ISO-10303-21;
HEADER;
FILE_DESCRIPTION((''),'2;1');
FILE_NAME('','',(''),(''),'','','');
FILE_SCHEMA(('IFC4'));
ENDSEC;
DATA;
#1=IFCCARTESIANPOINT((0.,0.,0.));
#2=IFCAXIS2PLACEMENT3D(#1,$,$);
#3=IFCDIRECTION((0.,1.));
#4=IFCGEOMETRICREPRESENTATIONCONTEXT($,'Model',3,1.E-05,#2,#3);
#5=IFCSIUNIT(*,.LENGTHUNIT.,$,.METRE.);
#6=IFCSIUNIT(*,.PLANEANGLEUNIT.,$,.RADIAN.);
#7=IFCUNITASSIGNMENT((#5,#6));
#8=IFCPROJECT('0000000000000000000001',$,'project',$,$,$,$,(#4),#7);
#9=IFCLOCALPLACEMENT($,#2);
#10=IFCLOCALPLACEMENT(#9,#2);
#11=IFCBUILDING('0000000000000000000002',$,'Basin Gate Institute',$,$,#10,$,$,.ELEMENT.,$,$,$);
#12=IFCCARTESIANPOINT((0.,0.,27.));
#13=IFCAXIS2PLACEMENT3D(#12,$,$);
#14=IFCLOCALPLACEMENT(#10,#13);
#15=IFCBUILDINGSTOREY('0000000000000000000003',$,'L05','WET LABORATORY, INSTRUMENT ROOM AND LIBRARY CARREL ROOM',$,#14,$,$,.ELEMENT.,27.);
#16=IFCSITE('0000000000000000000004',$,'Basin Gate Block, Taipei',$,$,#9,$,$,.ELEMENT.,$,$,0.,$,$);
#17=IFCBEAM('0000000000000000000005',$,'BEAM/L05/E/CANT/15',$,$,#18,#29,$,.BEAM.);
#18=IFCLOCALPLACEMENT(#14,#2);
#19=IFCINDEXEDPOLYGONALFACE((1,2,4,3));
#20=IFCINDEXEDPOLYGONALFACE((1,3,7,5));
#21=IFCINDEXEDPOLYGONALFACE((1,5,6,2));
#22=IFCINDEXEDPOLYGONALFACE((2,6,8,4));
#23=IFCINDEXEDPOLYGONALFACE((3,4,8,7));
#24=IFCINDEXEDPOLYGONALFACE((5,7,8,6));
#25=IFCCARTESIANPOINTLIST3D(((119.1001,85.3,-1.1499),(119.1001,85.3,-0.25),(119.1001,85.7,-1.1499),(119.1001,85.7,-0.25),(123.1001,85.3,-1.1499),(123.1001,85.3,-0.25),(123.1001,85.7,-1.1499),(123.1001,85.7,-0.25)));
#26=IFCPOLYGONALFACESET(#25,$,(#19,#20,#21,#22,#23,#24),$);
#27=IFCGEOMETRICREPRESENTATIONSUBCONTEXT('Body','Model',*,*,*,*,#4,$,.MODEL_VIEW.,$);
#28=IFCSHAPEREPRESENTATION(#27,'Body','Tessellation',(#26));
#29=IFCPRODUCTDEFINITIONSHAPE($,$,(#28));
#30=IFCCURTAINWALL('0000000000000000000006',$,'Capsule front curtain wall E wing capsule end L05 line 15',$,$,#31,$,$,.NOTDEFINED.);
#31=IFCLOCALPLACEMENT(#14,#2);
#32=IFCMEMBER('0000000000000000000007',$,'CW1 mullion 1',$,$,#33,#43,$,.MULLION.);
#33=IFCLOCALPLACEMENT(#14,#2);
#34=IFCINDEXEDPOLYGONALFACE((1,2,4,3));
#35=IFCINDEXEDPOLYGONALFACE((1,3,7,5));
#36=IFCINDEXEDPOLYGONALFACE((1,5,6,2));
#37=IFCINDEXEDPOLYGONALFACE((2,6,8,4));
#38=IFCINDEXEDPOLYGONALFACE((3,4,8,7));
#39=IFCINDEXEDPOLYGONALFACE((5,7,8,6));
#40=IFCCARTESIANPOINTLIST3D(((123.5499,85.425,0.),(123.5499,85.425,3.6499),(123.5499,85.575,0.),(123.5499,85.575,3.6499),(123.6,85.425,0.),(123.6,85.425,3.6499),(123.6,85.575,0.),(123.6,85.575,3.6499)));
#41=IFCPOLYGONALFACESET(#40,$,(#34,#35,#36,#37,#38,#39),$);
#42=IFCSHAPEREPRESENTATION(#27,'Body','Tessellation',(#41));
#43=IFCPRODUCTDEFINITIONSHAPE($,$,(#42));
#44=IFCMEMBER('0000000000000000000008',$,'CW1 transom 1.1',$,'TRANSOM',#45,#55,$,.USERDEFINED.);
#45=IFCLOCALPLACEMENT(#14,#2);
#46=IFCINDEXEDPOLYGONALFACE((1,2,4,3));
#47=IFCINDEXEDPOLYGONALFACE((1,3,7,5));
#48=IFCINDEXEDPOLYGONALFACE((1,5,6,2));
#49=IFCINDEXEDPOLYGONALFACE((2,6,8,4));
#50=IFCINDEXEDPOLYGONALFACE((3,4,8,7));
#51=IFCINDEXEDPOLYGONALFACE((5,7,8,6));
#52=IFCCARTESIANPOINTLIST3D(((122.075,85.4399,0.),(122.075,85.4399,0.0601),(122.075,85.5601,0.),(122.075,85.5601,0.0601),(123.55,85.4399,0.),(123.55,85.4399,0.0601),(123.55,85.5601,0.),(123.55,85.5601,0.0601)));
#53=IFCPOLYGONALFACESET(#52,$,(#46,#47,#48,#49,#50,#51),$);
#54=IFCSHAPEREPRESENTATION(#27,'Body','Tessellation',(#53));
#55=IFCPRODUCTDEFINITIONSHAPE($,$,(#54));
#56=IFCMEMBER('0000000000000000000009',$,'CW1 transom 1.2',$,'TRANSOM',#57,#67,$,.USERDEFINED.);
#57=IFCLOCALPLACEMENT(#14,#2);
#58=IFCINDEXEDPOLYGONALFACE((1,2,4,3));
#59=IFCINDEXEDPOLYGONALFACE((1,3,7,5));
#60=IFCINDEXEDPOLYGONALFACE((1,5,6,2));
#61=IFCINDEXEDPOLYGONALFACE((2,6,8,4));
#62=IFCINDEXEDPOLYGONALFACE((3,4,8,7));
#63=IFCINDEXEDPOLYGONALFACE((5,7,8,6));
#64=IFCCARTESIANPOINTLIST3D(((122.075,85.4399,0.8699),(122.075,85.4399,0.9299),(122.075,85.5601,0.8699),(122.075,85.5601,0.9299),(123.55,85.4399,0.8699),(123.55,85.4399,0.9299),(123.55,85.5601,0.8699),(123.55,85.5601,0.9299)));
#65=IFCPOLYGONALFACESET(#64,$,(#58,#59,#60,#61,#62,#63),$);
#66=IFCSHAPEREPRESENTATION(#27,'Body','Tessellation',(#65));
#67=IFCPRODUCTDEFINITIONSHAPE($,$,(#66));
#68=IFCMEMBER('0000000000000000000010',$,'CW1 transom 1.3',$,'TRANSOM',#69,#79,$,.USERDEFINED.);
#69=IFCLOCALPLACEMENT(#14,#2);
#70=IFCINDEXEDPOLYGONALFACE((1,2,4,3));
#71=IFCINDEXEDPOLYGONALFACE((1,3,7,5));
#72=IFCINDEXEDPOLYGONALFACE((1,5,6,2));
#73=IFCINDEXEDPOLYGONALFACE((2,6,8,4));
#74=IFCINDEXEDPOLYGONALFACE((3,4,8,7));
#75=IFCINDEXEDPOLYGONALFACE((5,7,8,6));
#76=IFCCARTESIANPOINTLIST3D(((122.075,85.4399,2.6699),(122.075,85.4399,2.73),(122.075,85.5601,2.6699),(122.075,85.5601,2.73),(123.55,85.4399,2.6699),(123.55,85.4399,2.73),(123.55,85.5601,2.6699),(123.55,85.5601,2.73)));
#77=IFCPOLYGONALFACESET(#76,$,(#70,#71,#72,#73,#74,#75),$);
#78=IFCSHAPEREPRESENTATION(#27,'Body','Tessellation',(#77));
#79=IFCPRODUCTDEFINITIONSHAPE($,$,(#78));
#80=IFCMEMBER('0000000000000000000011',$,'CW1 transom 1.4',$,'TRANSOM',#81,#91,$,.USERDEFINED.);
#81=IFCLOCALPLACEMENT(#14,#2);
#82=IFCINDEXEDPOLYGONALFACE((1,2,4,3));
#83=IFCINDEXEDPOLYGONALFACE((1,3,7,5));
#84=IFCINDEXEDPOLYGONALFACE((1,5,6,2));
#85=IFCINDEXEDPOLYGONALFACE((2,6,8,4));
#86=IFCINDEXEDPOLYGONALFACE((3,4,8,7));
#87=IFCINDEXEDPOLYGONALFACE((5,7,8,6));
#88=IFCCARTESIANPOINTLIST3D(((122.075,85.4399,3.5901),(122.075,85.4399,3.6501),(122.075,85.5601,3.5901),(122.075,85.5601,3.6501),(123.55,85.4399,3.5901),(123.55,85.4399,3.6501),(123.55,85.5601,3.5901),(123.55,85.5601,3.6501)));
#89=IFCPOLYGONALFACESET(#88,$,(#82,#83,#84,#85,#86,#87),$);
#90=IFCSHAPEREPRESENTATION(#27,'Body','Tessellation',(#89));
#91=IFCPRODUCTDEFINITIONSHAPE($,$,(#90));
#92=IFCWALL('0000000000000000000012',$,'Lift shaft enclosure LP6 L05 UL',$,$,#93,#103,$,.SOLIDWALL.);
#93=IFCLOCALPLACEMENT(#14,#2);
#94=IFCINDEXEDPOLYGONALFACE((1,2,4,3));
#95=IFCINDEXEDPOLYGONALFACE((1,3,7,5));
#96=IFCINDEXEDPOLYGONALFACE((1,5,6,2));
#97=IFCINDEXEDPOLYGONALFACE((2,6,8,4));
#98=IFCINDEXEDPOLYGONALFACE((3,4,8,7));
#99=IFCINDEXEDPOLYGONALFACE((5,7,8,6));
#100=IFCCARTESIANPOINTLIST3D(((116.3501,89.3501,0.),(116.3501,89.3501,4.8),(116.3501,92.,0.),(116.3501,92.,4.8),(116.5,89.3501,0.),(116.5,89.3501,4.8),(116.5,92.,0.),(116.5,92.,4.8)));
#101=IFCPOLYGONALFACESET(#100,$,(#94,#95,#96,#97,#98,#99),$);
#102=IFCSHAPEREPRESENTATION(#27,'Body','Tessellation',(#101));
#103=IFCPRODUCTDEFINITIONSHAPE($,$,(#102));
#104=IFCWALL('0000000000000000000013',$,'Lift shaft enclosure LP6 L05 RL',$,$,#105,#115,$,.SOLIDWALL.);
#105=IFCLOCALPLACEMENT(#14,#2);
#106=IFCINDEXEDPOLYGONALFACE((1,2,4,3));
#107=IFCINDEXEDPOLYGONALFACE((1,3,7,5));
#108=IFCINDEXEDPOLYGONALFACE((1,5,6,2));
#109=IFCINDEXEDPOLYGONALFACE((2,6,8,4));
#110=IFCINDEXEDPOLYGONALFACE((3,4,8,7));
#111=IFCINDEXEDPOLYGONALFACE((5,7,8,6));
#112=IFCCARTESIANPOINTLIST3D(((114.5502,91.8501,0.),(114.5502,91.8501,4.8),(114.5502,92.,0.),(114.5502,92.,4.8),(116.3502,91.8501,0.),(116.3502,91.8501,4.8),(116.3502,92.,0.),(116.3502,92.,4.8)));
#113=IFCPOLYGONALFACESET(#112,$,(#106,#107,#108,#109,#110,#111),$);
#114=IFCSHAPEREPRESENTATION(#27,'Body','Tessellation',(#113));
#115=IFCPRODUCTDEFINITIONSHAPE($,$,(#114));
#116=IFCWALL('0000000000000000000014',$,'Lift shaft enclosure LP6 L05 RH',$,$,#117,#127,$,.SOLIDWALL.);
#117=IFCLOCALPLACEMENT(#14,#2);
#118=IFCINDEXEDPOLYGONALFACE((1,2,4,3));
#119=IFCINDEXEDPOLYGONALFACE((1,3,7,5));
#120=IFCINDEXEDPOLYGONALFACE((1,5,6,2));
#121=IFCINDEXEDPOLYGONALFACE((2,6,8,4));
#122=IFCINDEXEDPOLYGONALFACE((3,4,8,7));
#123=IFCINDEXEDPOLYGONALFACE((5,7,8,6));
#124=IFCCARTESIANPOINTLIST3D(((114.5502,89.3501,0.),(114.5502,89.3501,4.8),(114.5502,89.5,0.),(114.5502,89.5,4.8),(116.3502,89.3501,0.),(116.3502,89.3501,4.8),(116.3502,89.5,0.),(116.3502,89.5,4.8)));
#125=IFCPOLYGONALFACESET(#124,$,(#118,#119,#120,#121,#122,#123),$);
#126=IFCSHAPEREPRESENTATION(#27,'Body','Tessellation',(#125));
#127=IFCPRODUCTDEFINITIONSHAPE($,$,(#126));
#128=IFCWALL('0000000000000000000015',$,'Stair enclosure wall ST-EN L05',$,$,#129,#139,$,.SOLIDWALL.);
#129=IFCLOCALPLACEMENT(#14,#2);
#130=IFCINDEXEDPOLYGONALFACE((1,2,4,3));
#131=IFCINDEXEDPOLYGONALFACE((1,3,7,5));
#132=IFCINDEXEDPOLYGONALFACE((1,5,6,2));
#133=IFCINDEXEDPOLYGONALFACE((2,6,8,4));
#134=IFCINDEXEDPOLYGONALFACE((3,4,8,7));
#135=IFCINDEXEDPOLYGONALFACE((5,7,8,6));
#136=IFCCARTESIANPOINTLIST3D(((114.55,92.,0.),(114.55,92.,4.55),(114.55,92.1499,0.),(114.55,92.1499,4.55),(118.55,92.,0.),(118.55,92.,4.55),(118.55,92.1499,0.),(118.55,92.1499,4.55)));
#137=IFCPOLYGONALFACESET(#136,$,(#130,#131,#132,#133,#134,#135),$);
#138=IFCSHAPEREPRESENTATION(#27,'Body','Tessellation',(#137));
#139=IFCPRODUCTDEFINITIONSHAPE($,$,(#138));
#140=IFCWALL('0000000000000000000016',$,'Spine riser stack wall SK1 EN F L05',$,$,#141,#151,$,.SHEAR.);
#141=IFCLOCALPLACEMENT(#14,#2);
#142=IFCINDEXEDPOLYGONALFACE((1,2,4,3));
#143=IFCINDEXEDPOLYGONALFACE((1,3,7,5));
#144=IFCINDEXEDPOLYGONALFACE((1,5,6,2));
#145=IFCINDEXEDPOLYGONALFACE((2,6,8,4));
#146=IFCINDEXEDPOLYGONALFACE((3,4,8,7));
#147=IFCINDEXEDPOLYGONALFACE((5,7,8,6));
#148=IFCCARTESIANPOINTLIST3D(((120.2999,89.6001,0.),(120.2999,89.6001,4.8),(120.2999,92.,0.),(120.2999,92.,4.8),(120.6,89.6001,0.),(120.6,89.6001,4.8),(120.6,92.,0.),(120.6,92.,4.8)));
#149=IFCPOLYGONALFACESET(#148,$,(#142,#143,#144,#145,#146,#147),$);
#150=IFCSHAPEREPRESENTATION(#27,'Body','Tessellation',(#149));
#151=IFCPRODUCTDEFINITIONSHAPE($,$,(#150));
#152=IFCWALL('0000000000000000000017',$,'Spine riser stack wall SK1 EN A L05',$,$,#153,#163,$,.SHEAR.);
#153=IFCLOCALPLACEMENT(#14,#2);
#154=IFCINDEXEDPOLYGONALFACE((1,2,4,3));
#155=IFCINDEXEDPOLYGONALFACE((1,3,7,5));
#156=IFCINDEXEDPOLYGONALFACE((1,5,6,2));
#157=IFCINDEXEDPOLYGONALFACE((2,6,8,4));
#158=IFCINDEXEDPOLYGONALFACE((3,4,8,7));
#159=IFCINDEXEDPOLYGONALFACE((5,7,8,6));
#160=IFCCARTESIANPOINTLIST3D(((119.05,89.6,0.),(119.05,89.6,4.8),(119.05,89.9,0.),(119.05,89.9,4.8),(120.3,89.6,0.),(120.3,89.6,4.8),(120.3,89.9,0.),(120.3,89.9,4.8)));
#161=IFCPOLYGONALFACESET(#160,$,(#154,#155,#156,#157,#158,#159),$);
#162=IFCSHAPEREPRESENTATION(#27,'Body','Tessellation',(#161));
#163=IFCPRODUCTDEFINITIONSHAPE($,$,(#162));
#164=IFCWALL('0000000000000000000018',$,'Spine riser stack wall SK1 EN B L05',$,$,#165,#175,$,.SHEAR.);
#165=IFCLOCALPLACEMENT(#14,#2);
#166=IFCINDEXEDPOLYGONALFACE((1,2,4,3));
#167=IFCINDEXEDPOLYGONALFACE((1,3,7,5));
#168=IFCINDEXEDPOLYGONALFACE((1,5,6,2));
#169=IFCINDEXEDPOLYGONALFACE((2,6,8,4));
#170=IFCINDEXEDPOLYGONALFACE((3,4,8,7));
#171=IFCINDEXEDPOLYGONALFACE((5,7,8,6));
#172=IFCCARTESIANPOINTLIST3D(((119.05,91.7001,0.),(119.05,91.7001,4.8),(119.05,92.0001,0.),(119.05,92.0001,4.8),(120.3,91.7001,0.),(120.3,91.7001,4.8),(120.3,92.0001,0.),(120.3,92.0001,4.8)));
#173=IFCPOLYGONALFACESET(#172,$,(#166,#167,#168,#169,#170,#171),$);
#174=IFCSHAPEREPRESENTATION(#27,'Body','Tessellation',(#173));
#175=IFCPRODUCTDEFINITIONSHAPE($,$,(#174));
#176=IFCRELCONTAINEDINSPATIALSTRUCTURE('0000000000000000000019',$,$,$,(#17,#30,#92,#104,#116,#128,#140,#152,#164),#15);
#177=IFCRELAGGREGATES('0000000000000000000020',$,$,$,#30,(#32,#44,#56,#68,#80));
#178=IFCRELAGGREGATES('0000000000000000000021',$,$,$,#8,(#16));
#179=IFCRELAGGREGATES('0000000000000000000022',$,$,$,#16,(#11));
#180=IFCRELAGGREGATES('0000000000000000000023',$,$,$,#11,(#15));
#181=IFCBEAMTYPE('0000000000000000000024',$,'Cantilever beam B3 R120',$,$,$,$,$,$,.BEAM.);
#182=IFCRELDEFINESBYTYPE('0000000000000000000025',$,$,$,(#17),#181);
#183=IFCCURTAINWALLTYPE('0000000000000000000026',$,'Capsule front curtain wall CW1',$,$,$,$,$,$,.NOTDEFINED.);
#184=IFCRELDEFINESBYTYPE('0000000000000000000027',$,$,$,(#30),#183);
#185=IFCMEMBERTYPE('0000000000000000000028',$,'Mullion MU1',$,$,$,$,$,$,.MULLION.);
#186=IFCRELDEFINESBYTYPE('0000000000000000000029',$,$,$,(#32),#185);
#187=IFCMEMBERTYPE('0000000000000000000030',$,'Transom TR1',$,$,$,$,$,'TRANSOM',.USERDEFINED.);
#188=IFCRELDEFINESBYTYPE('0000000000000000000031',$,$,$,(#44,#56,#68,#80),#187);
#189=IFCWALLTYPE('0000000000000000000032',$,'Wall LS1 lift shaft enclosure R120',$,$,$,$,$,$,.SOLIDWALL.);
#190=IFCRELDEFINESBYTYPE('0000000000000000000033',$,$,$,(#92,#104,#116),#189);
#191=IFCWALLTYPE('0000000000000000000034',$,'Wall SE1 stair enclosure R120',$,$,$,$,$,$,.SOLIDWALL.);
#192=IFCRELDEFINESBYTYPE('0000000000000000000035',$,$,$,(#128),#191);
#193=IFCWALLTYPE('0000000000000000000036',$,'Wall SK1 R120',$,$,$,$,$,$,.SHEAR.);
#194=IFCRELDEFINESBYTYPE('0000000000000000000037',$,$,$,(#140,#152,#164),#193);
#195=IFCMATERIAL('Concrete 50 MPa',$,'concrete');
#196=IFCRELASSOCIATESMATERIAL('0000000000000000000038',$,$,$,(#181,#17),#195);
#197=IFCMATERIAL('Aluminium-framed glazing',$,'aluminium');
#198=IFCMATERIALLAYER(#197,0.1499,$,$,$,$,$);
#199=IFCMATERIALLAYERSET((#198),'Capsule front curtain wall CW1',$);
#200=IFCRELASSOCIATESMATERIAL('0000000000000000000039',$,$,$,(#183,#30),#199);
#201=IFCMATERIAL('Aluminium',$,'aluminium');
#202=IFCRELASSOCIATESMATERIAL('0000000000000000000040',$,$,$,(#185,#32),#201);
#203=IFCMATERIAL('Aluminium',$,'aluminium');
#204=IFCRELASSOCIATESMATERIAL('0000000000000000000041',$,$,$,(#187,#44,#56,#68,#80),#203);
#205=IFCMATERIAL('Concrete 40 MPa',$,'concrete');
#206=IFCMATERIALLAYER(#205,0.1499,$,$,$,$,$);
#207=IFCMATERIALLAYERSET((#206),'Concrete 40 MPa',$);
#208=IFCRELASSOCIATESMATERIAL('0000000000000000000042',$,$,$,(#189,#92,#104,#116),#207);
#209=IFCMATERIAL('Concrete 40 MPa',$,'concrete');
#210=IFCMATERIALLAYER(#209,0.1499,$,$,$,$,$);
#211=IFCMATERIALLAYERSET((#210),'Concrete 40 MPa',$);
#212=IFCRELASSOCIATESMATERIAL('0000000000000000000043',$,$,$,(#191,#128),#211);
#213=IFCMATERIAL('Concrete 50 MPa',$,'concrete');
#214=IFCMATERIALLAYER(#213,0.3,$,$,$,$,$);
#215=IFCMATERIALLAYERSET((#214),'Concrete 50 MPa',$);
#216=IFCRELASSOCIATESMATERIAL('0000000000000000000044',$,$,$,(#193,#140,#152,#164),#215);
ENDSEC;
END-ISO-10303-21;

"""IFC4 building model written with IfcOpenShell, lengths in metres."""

from ifc_helpers import new_model, si_unit, direction, frame, frame_2d, origin, origin_2d, place, context, subcontext, project, spatial, rectangle, extrude, material, layer, layer_set, material_profile, profile_set, type_object, element, aggregate, save


model = new_model("IFC4")

# Units and contexts
model_context = context("Model", 3, precision=1e-05, world=origin(), true_north=direction((0.0, 1.0)))
body_context = subcontext(model_context, "Body", "Model", "MODEL_VIEW")
ifc_project = project(units=[si_unit("LENGTHUNIT", "METRE"), si_unit("PLANEANGLEUNIT", "RADIAN")], contexts=[model_context])

# Site, building, storey
site_placement = place(None, origin())
site = spatial("IfcSite", under=ifc_project, at=site_placement, Name="Basin Gate Block, Taipei", CompositionType="ELEMENT", RefElevation=0.0)
building_placement = place(site_placement, origin())
building = spatial("IfcBuilding", under=site, at=building_placement, Name="Basin Gate Institute", CompositionType="ELEMENT")
storey_placement = place(building_placement, frame((0.0, 0.0, 27.0)))
storey = spatial("IfcBuildingStorey", under=building, at=storey_placement, Name="L05", Description="WET LABORATORY, INSTRUMENT ROOM AND LIBRARY CARREL ROOM", CompositionType="ELEMENT", Elevation=27.0)

# Beam
ifc_material_1 = material(Name="Concrete 50 MPa", Category="concrete")
ifc_material_profile_1 = material_profile(ifc_material_1, rectangle(XDim=0.3999, YDim=0.8999, at=origin_2d()), Name="Cantilever beam B3 400 x 900")
ifc_profile_set_1 = profile_set([ifc_material_profile_1], Name="Concrete 50 MPa")
beam_type = type_object("IfcBeamType", Name="Cantilever beam B3 R120", PredefinedType="BEAM", material=ifc_profile_set_1)
beam_placement = place(storey_placement, frame((123.1001, 85.5, -0.7), z_axis=(-1.0, 0.0, 0.0), x_axis=(0.0, -1.0, 0.0)))
element("IfcBeam", 1, at=beam_placement, inside=storey, type_object=beam_type, material=ifc_profile_set_1, Name="BEAM/L05/E/CANT/15", PredefinedType="BEAM", context=body_context, shape_type="SweptSolid", body=[
    extrude(rectangle(XDim=0.3999, YDim=0.8999, at=origin_2d()), origin(), (0.0, 0.0, 1.0), 4.0),
])

# Curtain wall, members
ifc_material_2 = material(Name="Aluminium-framed glazing", Category="aluminium")
ifc_layer_1 = layer(ifc_material_2, 0.1499)
ifc_layer_set_1 = layer_set([ifc_layer_1], Name="Capsule front curtain wall CW1")
curtain_wall_type = type_object("IfcCurtainWallType", Name="Capsule front curtain wall CW1", PredefinedType="NOTDEFINED", material=ifc_layer_set_1)
curtain_wall_placement = place(storey_placement, origin())
curtain_wall = element("IfcCurtainWall", 2, at=curtain_wall_placement, inside=storey, type_object=curtain_wall_type, material=ifc_layer_set_1, Name="Capsule front curtain wall E wing capsule end L05 line 15", PredefinedType="NOTDEFINED")
ifc_material_3 = material(Name="Aluminium", Category="aluminium")
ifc_material_profile_2 = material_profile(ifc_material_3, rectangle(XDim=0.1499, YDim=0.05, at=origin_2d()), Name="Mullion MU1 150 x 50")
ifc_profile_set_2 = profile_set([ifc_material_profile_2], Name="Aluminium")
member_type_1 = type_object("IfcMemberType", Name="Mullion MU1", PredefinedType="MULLION", material=ifc_profile_set_2)
member_1_placement = place(storey_placement, frame((123.575, 85.5, 0.0), z_axis=(0.0, 0.0, 1.0), x_axis=(0.0, -1.0, 0.0)))
member_1 = element("IfcMember", 3, at=member_1_placement, type_object=member_type_1, material=ifc_profile_set_2, Name="CW1 mullion 1", PredefinedType="MULLION", context=body_context, shape_type="SweptSolid", body=[
    extrude(rectangle(XDim=0.1499, YDim=0.05, at=origin_2d()), origin(), (0.0, 0.0, 1.0), 3.6499),
])
ifc_material_4 = material(Name="Aluminium", Category="aluminium")
ifc_material_profile_3 = material_profile(ifc_material_4, rectangle(XDim=0.1201, YDim=0.0601, at=origin_2d()), Name="Transom TR1 120 x 60")
ifc_profile_set_3 = profile_set([ifc_material_profile_3], Name="Aluminium")
member_type_2 = type_object("IfcMemberType", Name="Transom TR1", ElementType="TRANSOM", PredefinedType="USERDEFINED", material=ifc_profile_set_3)
member_2_placement = place(storey_placement, frame((123.55, 85.5, 0.03), z_axis=(-1.0, 0.0, 0.0), x_axis=(0.0, -1.0, 0.0)))
member_2 = element("IfcMember", 4, at=member_2_placement, type_object=member_type_2, material=ifc_profile_set_3, Name="CW1 transom 1.1", ObjectType="TRANSOM", PredefinedType="USERDEFINED", context=body_context, shape_type="SweptSolid", body=[
    extrude(rectangle(XDim=0.1201, YDim=0.0601, at=origin_2d()), origin(), (0.0, 0.0, 1.0), 1.4751),
])
member_3_placement = place(storey_placement, frame((123.55, 85.5, 0.8999), z_axis=(-1.0, 0.0, 0.0), x_axis=(0.0, -1.0, 0.0)))
member_3 = element("IfcMember", 5, at=member_3_placement, type_object=member_type_2, material=ifc_profile_set_3, Name="CW1 transom 1.2", ObjectType="TRANSOM", PredefinedType="USERDEFINED", context=body_context, shape_type="SweptSolid", body=[
    extrude(rectangle(XDim=0.1201, YDim=0.0601, at=origin_2d()), origin(), (0.0, 0.0, 1.0), 1.4751),
])
member_4_placement = place(storey_placement, frame((123.55, 85.5, 2.7), z_axis=(-1.0, 0.0, 0.0), x_axis=(0.0, -1.0, 0.0)))
member_4 = element("IfcMember", 6, at=member_4_placement, type_object=member_type_2, material=ifc_profile_set_3, Name="CW1 transom 1.3", ObjectType="TRANSOM", PredefinedType="USERDEFINED", context=body_context, shape_type="SweptSolid", body=[
    extrude(rectangle(XDim=0.1201, YDim=0.0601, at=origin_2d()), origin(), (0.0, 0.0, 1.0), 1.4751),
])
member_5_placement = place(storey_placement, frame((123.55, 85.5, 3.6201), z_axis=(-1.0, 0.0, 0.0), x_axis=(0.0, -1.0, 0.0)))
member_5 = element("IfcMember", 7, at=member_5_placement, type_object=member_type_2, material=ifc_profile_set_3, Name="CW1 transom 1.4", ObjectType="TRANSOM", PredefinedType="USERDEFINED", context=body_context, shape_type="SweptSolid", body=[
    extrude(rectangle(XDim=0.1201, YDim=0.0601, at=origin_2d()), origin(), (0.0, 0.0, 1.0), 1.4751),
])
aggregate(curtain_wall, [member_1, member_2, member_3, member_4, member_5])

# Walls
ifc_material_5 = material(Name="Concrete 40 MPa", Category="concrete")
ifc_layer_2 = layer(ifc_material_5, 0.1499)
ifc_layer_set_2 = layer_set([ifc_layer_2], Name="Concrete 40 MPa")
wall_type_1 = type_object("IfcWallType", Name="Wall LS1 lift shaft enclosure R120", PredefinedType="SOLIDWALL", material=ifc_layer_set_2)
wall_1_placement = place(storey_placement, frame((116.425, 92.0, 0.0), z_axis=(0.0, 0.0, 1.0), x_axis=(0.0, -1.0, 0.0)))
element("IfcWall", 8, at=wall_1_placement, inside=storey, type_object=wall_type_1, material=ifc_layer_set_2, Name="Lift shaft enclosure LP6 L05 UL", PredefinedType="SOLIDWALL", context=body_context, shape_type="SweptSolid", body=[
    extrude(rectangle(XDim=2.6499, YDim=0.1499, at=frame_2d((1.325, 0.0))), origin(), (0.0, 0.0, 1.0), 4.8),
])
for number, where, z_axis, x_axis, name in (
    (9, (116.3501, 91.925, 0.0), (0.0, 0.0, 1.0), (-1.0, 0.0, 0.0), "Lift shaft enclosure LP6 L05 RL"),
    (10, (116.3501, 89.425, 0.0), (0.0, 0.0, 1.0), (-1.0, 0.0, 0.0), "Lift shaft enclosure LP6 L05 RH"),
):
    element("IfcWall", number, at=place(storey_placement, frame(where, z_axis=z_axis, x_axis=x_axis)), inside=storey, type_object=wall_type_1, material=ifc_layer_set_2, Name=name, PredefinedType="SOLIDWALL", context=body_context, shape_type="SweptSolid", body=[
        extrude(rectangle(XDim=1.8, YDim=0.1499, at=frame_2d((0.8999, 0.0))), origin(), (0.0, 0.0, 1.0), 4.8),
    ])
ifc_material_6 = material(Name="Concrete 40 MPa", Category="concrete")
ifc_layer_3 = layer(ifc_material_6, 0.1499)
ifc_layer_set_3 = layer_set([ifc_layer_3], Name="Concrete 40 MPa")
wall_type_2 = type_object("IfcWallType", Name="Wall SE1 stair enclosure R120", PredefinedType="SOLIDWALL", material=ifc_layer_set_3)
wall_2_placement = place(storey_placement, frame((118.55, 92.075, 0.0), z_axis=(0.0, 0.0, 1.0), x_axis=(-1.0, 0.0, 0.0)))
element("IfcWall", 11, at=wall_2_placement, inside=storey, type_object=wall_type_2, material=ifc_layer_set_3, Name="Stair enclosure wall ST-EN L05", PredefinedType="SOLIDWALL", context=body_context, shape_type="SweptSolid", body=[
    extrude(rectangle(XDim=4.0, YDim=0.1499, at=frame_2d((2.0, 0.0))), origin(), (0.0, 0.0, 1.0), 4.55),
])
ifc_material_7 = material(Name="Concrete 50 MPa", Category="concrete")
ifc_layer_4 = layer(ifc_material_7, 0.3)
ifc_layer_set_4 = layer_set([ifc_layer_4], Name="Concrete 50 MPa")
wall_type_3 = type_object("IfcWallType", Name="Wall SK1 R120", PredefinedType="SHEAR", material=ifc_layer_set_4)
wall_3_placement = place(storey_placement, frame((120.45, 89.6001, 0.0), z_axis=(0.0, 0.0, 1.0), x_axis=(0.0, 1.0, 0.0)))
element("IfcWall", 12, at=wall_3_placement, inside=storey, type_object=wall_type_3, material=ifc_layer_set_4, Name="Spine riser stack wall SK1 EN F L05", PredefinedType="SHEAR", context=body_context, shape_type="SweptSolid", body=[
    extrude(rectangle(XDim=2.3999, YDim=0.3, at=frame_2d((1.2, 0.0))), origin(), (0.0, 0.0, 1.0), 4.8),
])
for number, where, z_axis, x_axis, name in (
    (13, (119.05, 89.75, 0.0), (0.0, 0.0, 1.0), (1.0, 0.0, 0.0), "Spine riser stack wall SK1 EN A L05"),
    (14, (119.05, 91.8501, 0.0), (0.0, 0.0, 1.0), (1.0, 0.0, 0.0), "Spine riser stack wall SK1 EN B L05"),
):
    element("IfcWall", number, at=place(storey_placement, frame(where, z_axis=z_axis, x_axis=x_axis)), inside=storey, type_object=wall_type_3, material=ifc_layer_set_4, Name=name, PredefinedType="SHEAR", context=body_context, shape_type="SweptSolid", body=[
        extrude(rectangle(XDim=1.25, YDim=0.3, at=frame_2d((0.625, 0.0))), origin(), (0.0, 0.0, 1.0), 4.8),
    ])

save(model, "model.ifc")
